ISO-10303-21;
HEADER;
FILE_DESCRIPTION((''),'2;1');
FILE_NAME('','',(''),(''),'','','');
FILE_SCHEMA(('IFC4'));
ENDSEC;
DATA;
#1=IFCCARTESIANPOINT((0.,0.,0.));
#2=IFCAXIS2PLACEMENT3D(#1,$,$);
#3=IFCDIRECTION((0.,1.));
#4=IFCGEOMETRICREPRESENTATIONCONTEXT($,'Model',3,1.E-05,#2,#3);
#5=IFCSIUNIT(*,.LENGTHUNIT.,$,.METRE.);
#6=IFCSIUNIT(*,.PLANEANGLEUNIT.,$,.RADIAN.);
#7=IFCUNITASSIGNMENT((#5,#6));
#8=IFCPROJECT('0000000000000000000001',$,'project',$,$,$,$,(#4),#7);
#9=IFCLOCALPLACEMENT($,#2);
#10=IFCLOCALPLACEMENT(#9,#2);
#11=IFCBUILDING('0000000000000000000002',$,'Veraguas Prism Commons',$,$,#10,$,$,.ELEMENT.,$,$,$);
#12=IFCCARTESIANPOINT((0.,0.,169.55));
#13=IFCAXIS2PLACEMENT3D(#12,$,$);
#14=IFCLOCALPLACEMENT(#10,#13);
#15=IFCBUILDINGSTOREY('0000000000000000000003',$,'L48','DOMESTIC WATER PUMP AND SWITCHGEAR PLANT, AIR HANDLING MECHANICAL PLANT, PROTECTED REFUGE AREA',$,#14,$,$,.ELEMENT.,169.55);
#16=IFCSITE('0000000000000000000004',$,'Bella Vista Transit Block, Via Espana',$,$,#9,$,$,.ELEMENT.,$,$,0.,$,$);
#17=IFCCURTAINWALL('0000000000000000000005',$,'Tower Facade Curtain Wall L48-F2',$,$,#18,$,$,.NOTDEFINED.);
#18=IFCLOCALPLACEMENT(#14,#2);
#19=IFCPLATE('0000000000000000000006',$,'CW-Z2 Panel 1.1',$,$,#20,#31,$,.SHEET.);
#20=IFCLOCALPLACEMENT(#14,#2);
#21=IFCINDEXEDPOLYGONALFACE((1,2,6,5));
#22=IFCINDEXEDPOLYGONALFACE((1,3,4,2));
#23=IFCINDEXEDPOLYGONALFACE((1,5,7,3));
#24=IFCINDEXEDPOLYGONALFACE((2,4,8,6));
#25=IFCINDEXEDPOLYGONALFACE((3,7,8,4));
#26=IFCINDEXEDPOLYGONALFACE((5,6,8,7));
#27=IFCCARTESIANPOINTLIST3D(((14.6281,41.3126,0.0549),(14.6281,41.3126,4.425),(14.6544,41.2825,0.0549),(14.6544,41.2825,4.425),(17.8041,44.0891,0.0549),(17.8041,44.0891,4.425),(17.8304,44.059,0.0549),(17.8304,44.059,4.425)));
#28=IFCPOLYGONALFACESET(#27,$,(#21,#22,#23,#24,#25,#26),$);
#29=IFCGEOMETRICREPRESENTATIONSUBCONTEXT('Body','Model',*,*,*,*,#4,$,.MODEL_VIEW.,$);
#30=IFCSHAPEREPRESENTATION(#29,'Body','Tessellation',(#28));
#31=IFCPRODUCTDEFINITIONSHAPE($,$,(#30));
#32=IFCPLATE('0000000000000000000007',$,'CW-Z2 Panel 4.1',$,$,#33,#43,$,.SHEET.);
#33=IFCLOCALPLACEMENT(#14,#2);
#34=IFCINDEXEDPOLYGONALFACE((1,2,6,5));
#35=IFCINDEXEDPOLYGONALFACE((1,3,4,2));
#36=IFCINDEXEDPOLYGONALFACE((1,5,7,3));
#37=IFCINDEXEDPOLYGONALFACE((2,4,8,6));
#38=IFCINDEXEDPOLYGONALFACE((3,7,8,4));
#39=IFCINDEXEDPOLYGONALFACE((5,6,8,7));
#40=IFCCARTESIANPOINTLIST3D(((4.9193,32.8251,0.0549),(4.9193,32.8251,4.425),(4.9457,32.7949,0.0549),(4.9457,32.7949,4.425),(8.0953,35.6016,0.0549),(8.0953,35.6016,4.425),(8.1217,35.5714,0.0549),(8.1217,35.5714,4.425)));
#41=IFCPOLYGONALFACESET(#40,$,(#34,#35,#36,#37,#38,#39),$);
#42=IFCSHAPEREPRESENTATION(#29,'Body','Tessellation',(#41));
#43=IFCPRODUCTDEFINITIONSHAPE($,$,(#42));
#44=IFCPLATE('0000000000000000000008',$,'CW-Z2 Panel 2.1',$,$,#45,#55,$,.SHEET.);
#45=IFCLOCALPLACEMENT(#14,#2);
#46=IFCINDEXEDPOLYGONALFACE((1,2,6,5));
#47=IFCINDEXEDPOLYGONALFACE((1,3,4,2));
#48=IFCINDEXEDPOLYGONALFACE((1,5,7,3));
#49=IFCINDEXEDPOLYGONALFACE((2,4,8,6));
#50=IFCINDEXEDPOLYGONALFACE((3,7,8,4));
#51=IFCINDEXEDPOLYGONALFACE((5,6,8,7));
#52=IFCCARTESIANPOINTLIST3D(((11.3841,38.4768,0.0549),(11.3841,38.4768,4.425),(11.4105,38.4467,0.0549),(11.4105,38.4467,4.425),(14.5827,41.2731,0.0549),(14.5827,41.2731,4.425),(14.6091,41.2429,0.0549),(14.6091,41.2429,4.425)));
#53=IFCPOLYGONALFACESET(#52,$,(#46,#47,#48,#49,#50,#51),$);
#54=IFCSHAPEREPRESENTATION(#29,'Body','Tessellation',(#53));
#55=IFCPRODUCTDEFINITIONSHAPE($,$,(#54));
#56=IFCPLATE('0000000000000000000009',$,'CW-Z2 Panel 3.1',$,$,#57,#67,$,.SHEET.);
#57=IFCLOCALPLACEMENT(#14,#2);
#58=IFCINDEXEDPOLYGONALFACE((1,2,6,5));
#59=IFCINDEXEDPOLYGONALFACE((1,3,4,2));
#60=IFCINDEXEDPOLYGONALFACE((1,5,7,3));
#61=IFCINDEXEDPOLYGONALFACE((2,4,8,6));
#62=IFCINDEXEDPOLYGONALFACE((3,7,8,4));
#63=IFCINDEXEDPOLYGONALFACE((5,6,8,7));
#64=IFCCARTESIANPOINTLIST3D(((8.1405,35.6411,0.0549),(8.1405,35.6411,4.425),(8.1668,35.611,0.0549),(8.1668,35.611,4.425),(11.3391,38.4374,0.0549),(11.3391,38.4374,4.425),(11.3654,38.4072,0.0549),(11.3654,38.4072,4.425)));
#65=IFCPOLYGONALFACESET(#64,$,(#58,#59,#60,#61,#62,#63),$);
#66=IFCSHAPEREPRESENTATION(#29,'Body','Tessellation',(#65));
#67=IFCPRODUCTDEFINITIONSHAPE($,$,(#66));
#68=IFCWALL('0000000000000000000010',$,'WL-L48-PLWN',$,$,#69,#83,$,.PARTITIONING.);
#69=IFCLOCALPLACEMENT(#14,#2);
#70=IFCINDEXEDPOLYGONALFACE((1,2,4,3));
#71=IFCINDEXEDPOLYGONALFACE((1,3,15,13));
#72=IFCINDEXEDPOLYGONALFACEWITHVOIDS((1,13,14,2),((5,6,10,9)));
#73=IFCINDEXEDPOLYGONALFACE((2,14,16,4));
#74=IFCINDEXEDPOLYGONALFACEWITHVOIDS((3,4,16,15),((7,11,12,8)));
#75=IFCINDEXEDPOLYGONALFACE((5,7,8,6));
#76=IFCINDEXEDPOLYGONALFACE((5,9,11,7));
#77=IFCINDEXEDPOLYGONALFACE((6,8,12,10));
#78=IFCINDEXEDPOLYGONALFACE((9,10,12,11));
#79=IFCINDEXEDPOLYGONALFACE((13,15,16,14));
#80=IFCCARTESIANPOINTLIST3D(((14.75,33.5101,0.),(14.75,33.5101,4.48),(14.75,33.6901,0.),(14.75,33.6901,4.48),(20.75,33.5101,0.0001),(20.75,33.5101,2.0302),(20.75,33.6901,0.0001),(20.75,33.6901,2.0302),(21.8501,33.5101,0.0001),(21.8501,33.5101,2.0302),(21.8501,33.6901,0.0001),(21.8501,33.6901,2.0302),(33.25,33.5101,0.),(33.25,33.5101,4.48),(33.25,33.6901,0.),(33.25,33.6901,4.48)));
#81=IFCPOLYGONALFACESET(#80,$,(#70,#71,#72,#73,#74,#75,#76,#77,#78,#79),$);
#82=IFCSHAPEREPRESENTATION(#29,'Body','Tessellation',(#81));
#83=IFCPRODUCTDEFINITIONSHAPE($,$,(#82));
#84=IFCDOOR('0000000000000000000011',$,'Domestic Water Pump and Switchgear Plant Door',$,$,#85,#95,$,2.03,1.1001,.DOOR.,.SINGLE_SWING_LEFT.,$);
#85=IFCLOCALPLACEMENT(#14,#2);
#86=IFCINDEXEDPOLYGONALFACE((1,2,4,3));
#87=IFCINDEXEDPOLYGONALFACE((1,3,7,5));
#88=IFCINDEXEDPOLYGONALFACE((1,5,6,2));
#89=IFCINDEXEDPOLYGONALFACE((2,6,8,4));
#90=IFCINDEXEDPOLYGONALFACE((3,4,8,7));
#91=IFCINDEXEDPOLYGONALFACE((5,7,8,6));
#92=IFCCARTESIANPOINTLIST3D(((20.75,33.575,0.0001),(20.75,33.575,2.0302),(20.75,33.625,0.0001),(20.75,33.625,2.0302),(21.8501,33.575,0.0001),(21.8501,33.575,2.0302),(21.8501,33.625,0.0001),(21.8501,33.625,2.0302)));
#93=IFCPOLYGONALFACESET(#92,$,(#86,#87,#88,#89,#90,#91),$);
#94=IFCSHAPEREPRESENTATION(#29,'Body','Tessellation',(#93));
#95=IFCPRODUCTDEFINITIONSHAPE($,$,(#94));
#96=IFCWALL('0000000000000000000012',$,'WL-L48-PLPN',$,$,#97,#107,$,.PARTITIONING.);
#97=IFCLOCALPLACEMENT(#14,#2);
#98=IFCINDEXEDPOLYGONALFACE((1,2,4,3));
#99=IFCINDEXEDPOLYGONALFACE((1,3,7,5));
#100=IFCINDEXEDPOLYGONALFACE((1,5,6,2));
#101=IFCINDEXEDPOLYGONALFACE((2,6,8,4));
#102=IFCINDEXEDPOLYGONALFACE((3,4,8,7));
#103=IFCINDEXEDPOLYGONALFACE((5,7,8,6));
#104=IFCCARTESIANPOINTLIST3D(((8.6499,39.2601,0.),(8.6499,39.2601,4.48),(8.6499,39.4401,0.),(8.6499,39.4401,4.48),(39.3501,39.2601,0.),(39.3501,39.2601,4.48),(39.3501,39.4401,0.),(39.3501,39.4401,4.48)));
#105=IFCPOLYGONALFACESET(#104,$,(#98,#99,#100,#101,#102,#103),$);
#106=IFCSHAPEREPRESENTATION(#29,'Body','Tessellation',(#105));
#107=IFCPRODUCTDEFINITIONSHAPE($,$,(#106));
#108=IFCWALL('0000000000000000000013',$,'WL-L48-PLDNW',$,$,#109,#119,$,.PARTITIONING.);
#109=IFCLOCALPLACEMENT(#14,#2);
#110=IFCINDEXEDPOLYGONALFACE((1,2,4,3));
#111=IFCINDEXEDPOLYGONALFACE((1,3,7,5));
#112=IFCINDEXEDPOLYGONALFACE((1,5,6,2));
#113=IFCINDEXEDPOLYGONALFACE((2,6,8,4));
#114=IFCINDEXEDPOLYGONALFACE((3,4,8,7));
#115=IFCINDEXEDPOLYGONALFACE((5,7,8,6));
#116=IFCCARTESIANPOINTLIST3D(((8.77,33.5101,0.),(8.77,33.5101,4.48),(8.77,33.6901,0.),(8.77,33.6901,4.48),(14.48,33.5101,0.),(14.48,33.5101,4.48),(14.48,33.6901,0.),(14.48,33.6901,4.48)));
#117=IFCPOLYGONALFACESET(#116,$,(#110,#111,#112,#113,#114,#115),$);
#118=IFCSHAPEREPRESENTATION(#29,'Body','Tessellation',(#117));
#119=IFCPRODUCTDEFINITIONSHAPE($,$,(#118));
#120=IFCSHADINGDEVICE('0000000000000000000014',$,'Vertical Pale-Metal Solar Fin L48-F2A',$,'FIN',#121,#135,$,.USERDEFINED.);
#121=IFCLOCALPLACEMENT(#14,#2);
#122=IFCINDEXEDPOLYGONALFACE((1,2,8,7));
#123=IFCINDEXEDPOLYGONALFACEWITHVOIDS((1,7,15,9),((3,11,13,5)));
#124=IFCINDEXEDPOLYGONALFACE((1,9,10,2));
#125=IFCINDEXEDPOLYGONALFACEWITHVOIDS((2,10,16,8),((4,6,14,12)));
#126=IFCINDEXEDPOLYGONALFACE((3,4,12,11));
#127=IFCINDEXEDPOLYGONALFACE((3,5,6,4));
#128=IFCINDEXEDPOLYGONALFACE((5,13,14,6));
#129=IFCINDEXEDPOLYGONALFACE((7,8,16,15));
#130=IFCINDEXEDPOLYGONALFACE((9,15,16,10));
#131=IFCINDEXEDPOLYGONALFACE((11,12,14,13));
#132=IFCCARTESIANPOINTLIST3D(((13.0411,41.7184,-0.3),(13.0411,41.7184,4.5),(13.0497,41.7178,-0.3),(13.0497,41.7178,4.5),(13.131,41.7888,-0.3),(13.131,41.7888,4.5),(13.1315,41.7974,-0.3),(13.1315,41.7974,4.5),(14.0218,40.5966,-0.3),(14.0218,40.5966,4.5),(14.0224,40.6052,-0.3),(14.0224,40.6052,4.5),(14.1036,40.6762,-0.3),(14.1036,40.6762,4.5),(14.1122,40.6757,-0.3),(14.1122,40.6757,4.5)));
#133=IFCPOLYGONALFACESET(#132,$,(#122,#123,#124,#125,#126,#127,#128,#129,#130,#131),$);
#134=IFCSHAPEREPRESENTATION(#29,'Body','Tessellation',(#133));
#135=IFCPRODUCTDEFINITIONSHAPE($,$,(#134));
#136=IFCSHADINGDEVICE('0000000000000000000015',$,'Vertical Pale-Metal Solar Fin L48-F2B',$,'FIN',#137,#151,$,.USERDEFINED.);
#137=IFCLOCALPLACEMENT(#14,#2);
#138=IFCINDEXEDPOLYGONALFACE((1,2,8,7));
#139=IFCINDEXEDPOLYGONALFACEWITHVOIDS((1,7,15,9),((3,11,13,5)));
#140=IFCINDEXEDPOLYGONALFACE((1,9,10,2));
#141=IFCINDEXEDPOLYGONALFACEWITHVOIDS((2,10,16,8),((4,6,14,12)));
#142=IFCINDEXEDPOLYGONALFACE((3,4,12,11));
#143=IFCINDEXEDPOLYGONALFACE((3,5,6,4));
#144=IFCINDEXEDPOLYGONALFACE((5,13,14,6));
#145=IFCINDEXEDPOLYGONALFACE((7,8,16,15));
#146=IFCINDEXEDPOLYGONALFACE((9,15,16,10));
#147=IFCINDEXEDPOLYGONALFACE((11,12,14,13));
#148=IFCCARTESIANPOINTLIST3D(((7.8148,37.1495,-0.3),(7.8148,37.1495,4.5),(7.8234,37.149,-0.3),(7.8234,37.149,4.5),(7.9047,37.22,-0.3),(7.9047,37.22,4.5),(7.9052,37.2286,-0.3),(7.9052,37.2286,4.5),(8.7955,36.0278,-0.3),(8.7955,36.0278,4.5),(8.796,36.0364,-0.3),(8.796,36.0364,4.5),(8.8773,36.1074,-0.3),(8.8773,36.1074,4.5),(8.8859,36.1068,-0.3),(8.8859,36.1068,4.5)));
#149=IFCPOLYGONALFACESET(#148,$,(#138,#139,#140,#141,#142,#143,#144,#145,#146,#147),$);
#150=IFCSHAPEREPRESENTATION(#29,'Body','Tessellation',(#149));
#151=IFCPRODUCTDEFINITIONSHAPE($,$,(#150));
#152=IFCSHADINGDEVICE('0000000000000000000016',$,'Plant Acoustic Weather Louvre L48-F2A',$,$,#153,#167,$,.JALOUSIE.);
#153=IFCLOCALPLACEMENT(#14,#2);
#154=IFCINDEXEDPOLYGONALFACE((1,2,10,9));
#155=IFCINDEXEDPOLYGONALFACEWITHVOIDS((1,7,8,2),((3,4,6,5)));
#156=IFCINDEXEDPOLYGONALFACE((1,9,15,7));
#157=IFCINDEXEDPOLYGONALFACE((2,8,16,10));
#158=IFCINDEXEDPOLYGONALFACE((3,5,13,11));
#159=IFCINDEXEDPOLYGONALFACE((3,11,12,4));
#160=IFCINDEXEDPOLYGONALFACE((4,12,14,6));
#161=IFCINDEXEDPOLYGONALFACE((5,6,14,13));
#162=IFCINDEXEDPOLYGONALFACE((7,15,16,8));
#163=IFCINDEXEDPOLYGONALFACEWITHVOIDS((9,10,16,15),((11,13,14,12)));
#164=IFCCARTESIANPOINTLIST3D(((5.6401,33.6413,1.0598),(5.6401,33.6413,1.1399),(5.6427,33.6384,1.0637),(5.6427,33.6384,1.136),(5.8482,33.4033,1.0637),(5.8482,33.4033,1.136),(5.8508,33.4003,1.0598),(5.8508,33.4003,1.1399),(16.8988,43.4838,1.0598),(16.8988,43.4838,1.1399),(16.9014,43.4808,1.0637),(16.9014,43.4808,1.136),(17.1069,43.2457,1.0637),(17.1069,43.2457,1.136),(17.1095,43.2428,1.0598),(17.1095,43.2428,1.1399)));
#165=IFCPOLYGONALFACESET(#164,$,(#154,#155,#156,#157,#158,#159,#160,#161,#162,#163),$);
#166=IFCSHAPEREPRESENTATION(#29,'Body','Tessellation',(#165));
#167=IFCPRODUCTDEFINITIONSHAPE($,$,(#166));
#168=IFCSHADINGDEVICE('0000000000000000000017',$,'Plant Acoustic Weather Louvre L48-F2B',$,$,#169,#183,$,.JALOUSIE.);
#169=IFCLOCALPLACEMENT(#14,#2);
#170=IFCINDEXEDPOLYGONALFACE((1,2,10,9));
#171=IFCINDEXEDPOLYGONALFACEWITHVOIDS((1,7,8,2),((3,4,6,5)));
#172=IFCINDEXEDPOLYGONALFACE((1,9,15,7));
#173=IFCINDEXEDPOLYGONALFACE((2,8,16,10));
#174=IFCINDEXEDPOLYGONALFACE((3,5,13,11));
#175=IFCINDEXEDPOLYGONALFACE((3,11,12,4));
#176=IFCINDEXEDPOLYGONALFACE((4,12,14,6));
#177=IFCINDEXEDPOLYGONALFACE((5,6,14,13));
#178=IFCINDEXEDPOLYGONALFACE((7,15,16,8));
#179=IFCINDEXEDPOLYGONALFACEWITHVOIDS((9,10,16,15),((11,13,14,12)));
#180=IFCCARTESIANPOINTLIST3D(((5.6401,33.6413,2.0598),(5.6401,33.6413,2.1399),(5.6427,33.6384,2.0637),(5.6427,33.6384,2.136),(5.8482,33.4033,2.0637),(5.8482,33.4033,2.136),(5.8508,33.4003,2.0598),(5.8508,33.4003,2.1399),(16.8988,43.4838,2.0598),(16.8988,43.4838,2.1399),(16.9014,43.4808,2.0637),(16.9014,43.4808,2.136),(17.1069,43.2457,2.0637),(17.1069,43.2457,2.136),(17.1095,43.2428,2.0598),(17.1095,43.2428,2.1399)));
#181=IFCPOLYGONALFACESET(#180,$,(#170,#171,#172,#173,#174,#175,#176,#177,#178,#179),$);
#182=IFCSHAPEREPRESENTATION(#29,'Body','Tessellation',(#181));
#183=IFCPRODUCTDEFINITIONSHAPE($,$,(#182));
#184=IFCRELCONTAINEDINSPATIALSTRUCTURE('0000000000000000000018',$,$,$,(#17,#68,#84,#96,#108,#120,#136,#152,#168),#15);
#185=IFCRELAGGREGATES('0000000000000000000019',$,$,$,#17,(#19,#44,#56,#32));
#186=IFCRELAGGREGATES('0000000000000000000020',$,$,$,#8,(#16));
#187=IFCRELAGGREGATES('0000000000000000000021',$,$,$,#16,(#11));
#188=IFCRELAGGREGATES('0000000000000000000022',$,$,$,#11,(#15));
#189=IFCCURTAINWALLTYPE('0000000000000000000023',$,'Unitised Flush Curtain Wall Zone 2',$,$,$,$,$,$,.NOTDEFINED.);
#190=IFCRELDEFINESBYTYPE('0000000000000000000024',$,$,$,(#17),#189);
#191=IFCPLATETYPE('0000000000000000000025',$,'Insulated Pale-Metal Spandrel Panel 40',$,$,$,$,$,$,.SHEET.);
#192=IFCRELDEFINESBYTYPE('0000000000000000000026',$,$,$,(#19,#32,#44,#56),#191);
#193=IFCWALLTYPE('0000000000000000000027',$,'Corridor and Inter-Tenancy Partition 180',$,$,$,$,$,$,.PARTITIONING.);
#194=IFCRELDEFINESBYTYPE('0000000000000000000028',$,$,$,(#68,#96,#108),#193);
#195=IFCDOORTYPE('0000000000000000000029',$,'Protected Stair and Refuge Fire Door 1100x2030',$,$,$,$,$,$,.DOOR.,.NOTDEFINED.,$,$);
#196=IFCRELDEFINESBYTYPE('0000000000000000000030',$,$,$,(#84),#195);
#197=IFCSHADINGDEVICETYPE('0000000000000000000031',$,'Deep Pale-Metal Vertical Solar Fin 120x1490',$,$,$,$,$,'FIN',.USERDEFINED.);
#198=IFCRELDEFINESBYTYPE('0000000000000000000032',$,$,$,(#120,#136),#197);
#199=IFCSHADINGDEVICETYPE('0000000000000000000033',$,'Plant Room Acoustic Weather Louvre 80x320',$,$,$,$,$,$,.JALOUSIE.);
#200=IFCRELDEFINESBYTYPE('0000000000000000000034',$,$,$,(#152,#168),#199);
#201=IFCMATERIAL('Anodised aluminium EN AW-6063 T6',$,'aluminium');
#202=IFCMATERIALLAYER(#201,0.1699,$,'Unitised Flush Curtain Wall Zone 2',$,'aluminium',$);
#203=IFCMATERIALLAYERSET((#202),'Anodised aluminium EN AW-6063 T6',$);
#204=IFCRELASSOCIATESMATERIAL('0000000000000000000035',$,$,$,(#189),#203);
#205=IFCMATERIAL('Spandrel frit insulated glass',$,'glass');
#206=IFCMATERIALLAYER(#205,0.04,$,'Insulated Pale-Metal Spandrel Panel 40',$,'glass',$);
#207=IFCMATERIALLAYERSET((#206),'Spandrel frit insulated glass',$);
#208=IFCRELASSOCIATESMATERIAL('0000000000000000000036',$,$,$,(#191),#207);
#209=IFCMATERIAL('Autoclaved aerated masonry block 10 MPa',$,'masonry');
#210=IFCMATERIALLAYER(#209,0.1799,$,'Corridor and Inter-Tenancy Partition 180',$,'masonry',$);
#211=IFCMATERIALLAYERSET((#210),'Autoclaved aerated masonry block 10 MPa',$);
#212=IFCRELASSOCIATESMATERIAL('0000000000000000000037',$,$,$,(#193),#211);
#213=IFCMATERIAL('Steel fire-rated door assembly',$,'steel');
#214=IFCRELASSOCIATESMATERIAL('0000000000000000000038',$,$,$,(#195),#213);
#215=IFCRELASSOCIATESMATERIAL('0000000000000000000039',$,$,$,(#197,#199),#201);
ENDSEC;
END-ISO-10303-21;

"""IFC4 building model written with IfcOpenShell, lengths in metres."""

from ifc_helpers import new_model, si_unit, direction, frame, frame_2d, origin, origin_2d, place, context, subcontext, project, spatial, rectangle, hollow_rectangle, extrude, source, transform, mapped, material, layer, layer_set, material_profile, profile_set, type_object, element, fill, aggregate, save


model = new_model("IFC4")

# Units and contexts
model_context = context("Model", 3, precision=1e-05, world=origin(), true_north=direction((0.0, 1.0)))
body_context = subcontext(model_context, "Body", "Model", "MODEL_VIEW")
ifc_project = project(units=[si_unit("LENGTHUNIT", "METRE"), si_unit("PLANEANGLEUNIT", "RADIAN")], contexts=[model_context])

# Site, building, storey
site_placement = place(None, origin())
site = spatial("IfcSite", under=ifc_project, at=site_placement, Name="Bella Vista Transit Block, Via Espana", CompositionType="ELEMENT", RefElevation=0.0)
building_placement = place(site_placement, origin())
building = spatial("IfcBuilding", under=site, at=building_placement, Name="Veraguas Prism Commons", CompositionType="ELEMENT")
storey_placement = place(building_placement, frame((0.0, 0.0, 169.55)))
storey = spatial("IfcBuildingStorey", under=building, at=storey_placement, Name="L48", Description="DOMESTIC WATER PUMP AND SWITCHGEAR PLANT, AIR HANDLING MECHANICAL PLANT, PROTECTED REFUGE AREA", CompositionType="ELEMENT", Elevation=169.55)

# Curtain wall
ifc_material_1 = material(Name="Anodised aluminium EN AW-6063 T6", Category="aluminium")
ifc_layer_1 = layer(ifc_material_1, 0.1699, Name="Unitised Flush Curtain Wall Zone 2", Category="aluminium")
ifc_layer_set_1 = layer_set([ifc_layer_1], Name="Anodised aluminium EN AW-6063 T6")
curtain_wall_type = type_object("IfcCurtainWallType", Name="Unitised Flush Curtain Wall Zone 2", PredefinedType="NOTDEFINED", material=ifc_layer_set_1)
curtain_wall_1_placement = place(storey_placement, origin())
curtain_wall_1 = element("IfcCurtainWall", 1, at=curtain_wall_1_placement, inside=storey, type_object=curtain_wall_type, Name="Tower Facade Curtain Wall L48-F2", PredefinedType="NOTDEFINED")

# Plates
ifc_material_2 = material(Name="Spandrel frit insulated glass", Category="glass")
ifc_layer_2 = layer(ifc_material_2, 0.04, Name="Insulated Pale-Metal Spandrel Panel 40", Category="glass")
ifc_layer_set_2 = layer_set([ifc_layer_2], Name="Spandrel frit insulated glass")
plate_type_1 = type_object("IfcPlateType", Name="Insulated Pale-Metal Spandrel Panel 40", PredefinedType="SHEET", material=ifc_layer_set_2)
shared_shape_1 = source(origin(), body_context, "Body", "SweptSolid", [
    extrude(rectangle(XDim=4.2185, YDim=0.04, at=origin_2d()), origin(), (0.0, 0.0, 1.0), 4.3701),
])
plate_1_placement = place(storey_placement, frame((16.2292, 42.6858, 0.0549), z_axis=(0.0, 0.0, 1.0), x_axis=(-0.752872, -0.658167, 0.0)))
plate_1 = element("IfcPlate", 2, at=plate_1_placement, type_object=plate_type_1, Name="CW-Z2 Panel 1.1", PredefinedType="SHEET", context=body_context, shape_type="MappedRepresentation", body=[
    mapped(shared_shape_1, transform((0.0, 0.0, 0.0), scale=1.0)),
])
plate_2_placement = place(storey_placement, frame((6.5205, 34.1982, 0.0549), z_axis=(0.0, 0.0, 1.0), x_axis=(-0.752872, -0.658167, 0.0)))
plate_2 = element("IfcPlate", 3, at=plate_2_placement, type_object=plate_type_1, Name="CW-Z2 Panel 4.1", PredefinedType="SHEET", context=body_context, shape_type="MappedRepresentation", body=[
    mapped(shared_shape_1, transform((0.0, 0.0, 0.0), scale=1.0)),
])
shared_shape_2 = source(origin(), body_context, "Body", "SweptSolid", [
    extrude(rectangle(XDim=4.2485, YDim=0.04, at=origin_2d()), origin(), (0.0, 0.0, 1.0), 4.3701),
])
plate_3_placement = place(storey_placement, frame((12.9966, 39.8599, 0.0549), z_axis=(0.0, 0.0, 1.0), x_axis=(-0.752872, -0.658167, 0.0)))
plate_3 = element("IfcPlate", 4, at=plate_3_placement, type_object=plate_type_1, Name="CW-Z2 Panel 2.1", PredefinedType="SHEET", context=body_context, shape_type="MappedRepresentation", body=[
    mapped(shared_shape_2, transform((0.0, 0.0, 0.0), scale=1.0)),
])
plate_4_placement = place(storey_placement, frame((9.7529, 37.0242, 0.0549), z_axis=(0.0, 0.0, 1.0), x_axis=(-0.752872, -0.658167, 0.0)))
plate_4 = element("IfcPlate", 5, at=plate_4_placement, type_object=plate_type_1, Name="CW-Z2 Panel 3.1", PredefinedType="SHEET", context=body_context, shape_type="MappedRepresentation", body=[
    mapped(shared_shape_2, transform((0.0, 0.0, 0.0), scale=1.0)),
])
aggregate(curtain_wall_1, [plate_1, plate_3, plate_4, plate_2])

# Wall, opening, door
ifc_material_3 = material(Name="Autoclaved aerated masonry block 10 MPa", Category="masonry")
ifc_layer_3 = layer(ifc_material_3, 0.1799, Name="Corridor and Inter-Tenancy Partition 180", Category="masonry")
ifc_layer_set_3 = layer_set([ifc_layer_3], Name="Autoclaved aerated masonry block 10 MPa")
wall_type = type_object("IfcWallType", Name="Corridor and Inter-Tenancy Partition 180", PredefinedType="PARTITIONING", material=ifc_layer_set_3)
wall_1_placement = place(storey_placement, frame((14.75, 33.6001, 0.0), z_axis=(0.0, 0.0, 1.0), x_axis=(1.0, 0.0, 0.0)))
wall_1 = element("IfcWall", 6, at=wall_1_placement, inside=storey, type_object=wall_type, Name="WL-L48-PLWN", PredefinedType="PARTITIONING", context=body_context, shape_type="SweptSolid", body=[
    extrude(rectangle(XDim=18.5, YDim=0.1799, at=frame_2d((9.25, 0.0))), origin(), (0.0, 0.0, 1.0), 4.48),
])
opening_placement = place(wall_1_placement, frame((6.0, 0.0, 0.0)))
opening = element("IfcOpeningElement", 7, at=opening_placement, cuts=wall_1, PredefinedType="OPENING", context=body_context, shape_type="SweptSolid", body=[
    extrude(rectangle(XDim=1.1001, YDim=2.03, at=frame_2d((0.55, 1.0151))), frame((0.0, 0.0999, 0.0), z_axis=(0.0, -1.0, 0.0), x_axis=(1.0, 0.0, 0.0)), (0.0, 0.0, 1.0), 0.2),
])
ifc_material_4 = material(Name="Steel fire-rated door assembly", Category="steel")
door_type = type_object("IfcDoorType", Name="Protected Stair and Refuge Fire Door 1100x2030", OperationType="NOTDEFINED", PredefinedType="DOOR", material=ifc_material_4)
shared_shape_3 = source(origin(), body_context, "Body", "SweptSolid", [
    extrude(rectangle(XDim=1.1001, YDim=2.03, at=frame_2d((0.55, 1.0151))), frame((0.0, 0.0249, 0.0), z_axis=(0.0, -1.0, 0.0), x_axis=(1.0, 0.0, 0.0)), (0.0, 0.0, 1.0), 0.05),
])
door_placement = place(opening_placement, origin())
door = element("IfcDoor", 8, at=door_placement, inside=storey, type_object=door_type, Name="Domestic Water Pump and Switchgear Plant Door", OperationType="SINGLE_SWING_LEFT", OverallHeight=2.03, OverallWidth=1.1001, PredefinedType="DOOR", context=body_context, shape_type="MappedRepresentation", body=[
    mapped(shared_shape_3, transform((0.0, 0.0, 0.0), scale=1.0)),
])
fill(opening, door)

# Walls
wall_2_placement = place(storey_placement, frame((8.6499, 39.3501, 0.0), z_axis=(0.0, 0.0, 1.0), x_axis=(1.0, 0.0, 0.0)))
element("IfcWall", 9, at=wall_2_placement, inside=storey, type_object=wall_type, Name="WL-L48-PLPN", PredefinedType="PARTITIONING", context=body_context, shape_type="SweptSolid", body=[
    extrude(rectangle(XDim=30.7002, YDim=0.1799, at=frame_2d((15.3501, 0.0))), origin(), (0.0, 0.0, 1.0), 4.48),
])
wall_3_placement = place(storey_placement, frame((8.77, 33.6001, 0.0), z_axis=(0.0, 0.0, 1.0), x_axis=(1.0, 0.0, 0.0)))
element("IfcWall", 10, at=wall_3_placement, inside=storey, type_object=wall_type, Name="WL-L48-PLDNW", PredefinedType="PARTITIONING", context=body_context, shape_type="SweptSolid", body=[
    extrude(rectangle(XDim=5.71, YDim=0.1799, at=frame_2d((2.855, 0.0))), origin(), (0.0, 0.0, 1.0), 4.48),
])

# Shading devices
ifc_material_profile_1 = material_profile(ifc_material_1, hollow_rectangle(XDim=0.1201, YDim=1.49, WallThickness=0.0061, at=origin_2d()), Name="FIN120X1490X6")
ifc_profile_set_1 = profile_set([ifc_material_profile_1], Name="Anodised aluminium EN AW-6063 T6")
shading_device_type_1 = type_object("IfcShadingDeviceType", Name="Deep Pale-Metal Vertical Solar Fin 120x1490", ElementType="FIN", PredefinedType="USERDEFINED", material=ifc_profile_set_1)
for number, where, z_axis, x_axis, name in (
    (11, (13.5767, 41.197, -0.3), (0.0, 0.0, 1.0), (-0.752873, -0.658165, 0.0), "Vertical Pale-Metal Solar Fin L48-F2A"),
    (12, (8.3503, 36.6282, -0.3), (0.0, 0.0, 1.0), (-0.752873, -0.658165, 0.0), "Vertical Pale-Metal Solar Fin L48-F2B"),
):
    element("IfcShadingDevice", number, at=place(storey_placement, frame(where, z_axis=z_axis, x_axis=x_axis)), inside=storey, type_object=shading_device_type_1, Name=name, ObjectType="FIN", PredefinedType="USERDEFINED", context=body_context, shape_type="SweptSolid", body=[
        extrude(hollow_rectangle(XDim=0.1201, YDim=1.49, WallThickness=0.0061, at=origin_2d()), origin(), (0.0, 0.0, 1.0), 4.8),
    ])
ifc_material_profile_2 = material_profile(ifc_material_1, hollow_rectangle(XDim=0.0801, YDim=0.3201, WallThickness=0.0039, at=origin_2d()), Name="LVR80X320X4")
ifc_profile_set_2 = profile_set([ifc_material_profile_2], Name="Anodised aluminium EN AW-6063 T6")
shading_device_type_2 = type_object("IfcShadingDeviceType", Name="Plant Room Acoustic Weather Louvre 80x320", PredefinedType="JALOUSIE", material=ifc_profile_set_2)
for number, where, z_axis, x_axis, name in (
    (13, (17.0042, 43.3633, 1.0999), (-0.752872, -0.658167, 0.0), (0.0, 0.0, 1.0), "Plant Acoustic Weather Louvre L48-F2A"),
    (14, (17.0042, 43.3633, 2.0999), (-0.752872, -0.658167, 0.0), (0.0, 0.0, 1.0), "Plant Acoustic Weather Louvre L48-F2B"),
):
    element("IfcShadingDevice", number, at=place(storey_placement, frame(where, z_axis=z_axis, x_axis=x_axis)), inside=storey, type_object=shading_device_type_2, Name=name, PredefinedType="JALOUSIE", context=body_context, shape_type="SweptSolid", body=[
        extrude(hollow_rectangle(XDim=0.0801, YDim=0.3201, WallThickness=0.0039, at=origin_2d()), origin(), (0.0, 0.0, 1.0), 14.9543),
    ])

save(model, "model.ifc")
